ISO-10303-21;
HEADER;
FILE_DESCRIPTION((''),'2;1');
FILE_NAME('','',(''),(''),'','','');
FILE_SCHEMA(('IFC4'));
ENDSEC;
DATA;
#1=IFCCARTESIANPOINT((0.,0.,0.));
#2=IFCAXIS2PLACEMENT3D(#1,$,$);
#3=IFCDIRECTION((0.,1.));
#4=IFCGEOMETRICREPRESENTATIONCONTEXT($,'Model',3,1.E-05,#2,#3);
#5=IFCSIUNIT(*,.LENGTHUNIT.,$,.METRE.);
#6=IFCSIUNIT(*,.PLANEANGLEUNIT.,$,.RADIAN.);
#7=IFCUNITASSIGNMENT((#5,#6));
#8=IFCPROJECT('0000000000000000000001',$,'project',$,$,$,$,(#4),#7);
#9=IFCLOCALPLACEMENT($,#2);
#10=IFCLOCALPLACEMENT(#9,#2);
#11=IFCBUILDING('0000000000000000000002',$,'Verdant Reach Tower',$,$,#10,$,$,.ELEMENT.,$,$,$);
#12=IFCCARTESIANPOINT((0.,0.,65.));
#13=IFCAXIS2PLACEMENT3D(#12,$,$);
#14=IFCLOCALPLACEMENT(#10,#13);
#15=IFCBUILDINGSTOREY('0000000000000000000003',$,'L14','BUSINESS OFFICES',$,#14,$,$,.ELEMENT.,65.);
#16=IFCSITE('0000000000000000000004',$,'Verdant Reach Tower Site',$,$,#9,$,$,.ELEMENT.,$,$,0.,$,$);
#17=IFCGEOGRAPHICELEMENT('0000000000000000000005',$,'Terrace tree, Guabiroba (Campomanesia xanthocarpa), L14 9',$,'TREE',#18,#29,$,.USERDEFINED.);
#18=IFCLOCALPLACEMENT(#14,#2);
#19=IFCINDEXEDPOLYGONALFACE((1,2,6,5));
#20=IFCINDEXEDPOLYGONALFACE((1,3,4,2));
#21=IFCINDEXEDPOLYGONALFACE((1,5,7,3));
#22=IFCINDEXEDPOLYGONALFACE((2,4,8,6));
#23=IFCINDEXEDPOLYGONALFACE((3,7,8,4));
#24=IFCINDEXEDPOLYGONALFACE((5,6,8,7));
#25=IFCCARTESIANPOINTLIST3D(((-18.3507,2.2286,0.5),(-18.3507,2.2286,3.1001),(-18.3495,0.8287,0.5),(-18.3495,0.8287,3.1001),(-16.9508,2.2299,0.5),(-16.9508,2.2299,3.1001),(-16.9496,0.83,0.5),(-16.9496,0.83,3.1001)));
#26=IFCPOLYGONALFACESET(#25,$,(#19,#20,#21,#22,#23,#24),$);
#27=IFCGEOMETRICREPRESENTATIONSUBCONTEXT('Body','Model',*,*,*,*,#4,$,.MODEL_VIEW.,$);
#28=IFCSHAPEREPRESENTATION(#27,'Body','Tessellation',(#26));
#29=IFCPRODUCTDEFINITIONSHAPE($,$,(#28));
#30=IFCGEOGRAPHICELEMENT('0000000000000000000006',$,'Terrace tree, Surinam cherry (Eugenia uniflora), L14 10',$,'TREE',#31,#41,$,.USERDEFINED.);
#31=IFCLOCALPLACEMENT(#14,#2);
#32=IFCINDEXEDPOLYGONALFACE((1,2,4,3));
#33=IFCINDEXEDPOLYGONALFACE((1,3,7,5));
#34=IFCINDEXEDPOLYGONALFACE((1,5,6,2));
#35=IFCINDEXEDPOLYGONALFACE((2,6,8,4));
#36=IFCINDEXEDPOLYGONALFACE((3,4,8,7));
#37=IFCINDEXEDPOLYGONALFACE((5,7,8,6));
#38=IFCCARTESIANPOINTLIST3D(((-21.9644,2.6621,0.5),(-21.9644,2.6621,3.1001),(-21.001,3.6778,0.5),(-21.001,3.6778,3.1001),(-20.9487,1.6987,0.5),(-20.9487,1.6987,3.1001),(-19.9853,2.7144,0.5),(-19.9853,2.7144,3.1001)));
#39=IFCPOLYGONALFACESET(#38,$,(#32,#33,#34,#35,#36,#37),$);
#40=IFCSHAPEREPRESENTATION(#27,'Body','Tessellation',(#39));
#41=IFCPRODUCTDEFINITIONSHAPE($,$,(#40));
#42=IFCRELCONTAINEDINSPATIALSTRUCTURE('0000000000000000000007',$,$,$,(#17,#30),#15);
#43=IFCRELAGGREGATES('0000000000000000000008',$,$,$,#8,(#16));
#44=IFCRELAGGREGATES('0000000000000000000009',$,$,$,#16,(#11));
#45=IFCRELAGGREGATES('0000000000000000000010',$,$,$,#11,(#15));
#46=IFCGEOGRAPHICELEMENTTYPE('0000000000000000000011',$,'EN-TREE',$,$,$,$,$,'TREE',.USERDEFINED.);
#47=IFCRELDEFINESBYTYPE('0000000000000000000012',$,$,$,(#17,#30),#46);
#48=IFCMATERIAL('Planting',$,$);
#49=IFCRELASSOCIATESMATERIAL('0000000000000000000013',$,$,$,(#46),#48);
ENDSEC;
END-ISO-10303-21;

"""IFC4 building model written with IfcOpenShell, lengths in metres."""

from ifc_helpers import new_model, si_unit, direction, frame, origin, origin_2d, place, context, subcontext, project, spatial, rectangle, extrude, material, type_object, element, save


model = new_model("IFC4")

# Units and contexts
model_context = context("Model", 3, precision=1e-05, world=origin(), true_north=direction((0.0, 1.0)))
body_context = subcontext(model_context, "Body", "Model", "MODEL_VIEW")
ifc_project = project(units=[si_unit("LENGTHUNIT", "METRE"), si_unit("PLANEANGLEUNIT", "RADIAN")], contexts=[model_context])

# Site, building, storey
site_placement = place(None, origin())
site = spatial("IfcSite", under=ifc_project, at=site_placement, Name="Verdant Reach Tower Site", CompositionType="ELEMENT", RefElevation=0.0)
building_placement = place(site_placement, origin())
building = spatial("IfcBuilding", under=site, at=building_placement, Name="Verdant Reach Tower", CompositionType="ELEMENT")
storey_placement = place(building_placement, frame((0.0, 0.0, 65.0)))
storey = spatial("IfcBuildingStorey", under=building, at=storey_placement, Name="L14", Description="BUSINESS OFFICES", CompositionType="ELEMENT", Elevation=65.0)

# Geographic elements
ifc_material_1 = material(Name="Planting")
geographic_element_type = type_object("IfcGeographicElementType", Name="EN-TREE", ElementType="TREE", PredefinedType="USERDEFINED", material=ifc_material_1)
for number, where, z_axis, x_axis, name in (
    (1, (-17.6501, 1.5293, 0.5), (0.0, 0.0, 1.0), (-1.0, -0.000892, 0.0), "Terrace tree, Guabiroba (Campomanesia xanthocarpa), L14 9"),
    (2, (-20.9749, 2.6882, 0.5), (0.0, 0.0, 1.0), (-0.725539, 0.688181, 0.0), "Terrace tree, Surinam cherry (Eugenia uniflora), L14 10"),
):
    element("IfcGeographicElement", number, at=place(storey_placement, frame(where, z_axis=z_axis, x_axis=x_axis)), inside=storey, type_object=geographic_element_type, Name=name, ObjectType="TREE", PredefinedType="USERDEFINED", context=body_context, shape_type="SweptSolid", body=[
        extrude(rectangle(XDim=1.3999, YDim=1.3999, at=origin_2d()), origin(), (0.0, 0.0, 1.0), 2.6001),
    ])

save(model, "model.ifc")
